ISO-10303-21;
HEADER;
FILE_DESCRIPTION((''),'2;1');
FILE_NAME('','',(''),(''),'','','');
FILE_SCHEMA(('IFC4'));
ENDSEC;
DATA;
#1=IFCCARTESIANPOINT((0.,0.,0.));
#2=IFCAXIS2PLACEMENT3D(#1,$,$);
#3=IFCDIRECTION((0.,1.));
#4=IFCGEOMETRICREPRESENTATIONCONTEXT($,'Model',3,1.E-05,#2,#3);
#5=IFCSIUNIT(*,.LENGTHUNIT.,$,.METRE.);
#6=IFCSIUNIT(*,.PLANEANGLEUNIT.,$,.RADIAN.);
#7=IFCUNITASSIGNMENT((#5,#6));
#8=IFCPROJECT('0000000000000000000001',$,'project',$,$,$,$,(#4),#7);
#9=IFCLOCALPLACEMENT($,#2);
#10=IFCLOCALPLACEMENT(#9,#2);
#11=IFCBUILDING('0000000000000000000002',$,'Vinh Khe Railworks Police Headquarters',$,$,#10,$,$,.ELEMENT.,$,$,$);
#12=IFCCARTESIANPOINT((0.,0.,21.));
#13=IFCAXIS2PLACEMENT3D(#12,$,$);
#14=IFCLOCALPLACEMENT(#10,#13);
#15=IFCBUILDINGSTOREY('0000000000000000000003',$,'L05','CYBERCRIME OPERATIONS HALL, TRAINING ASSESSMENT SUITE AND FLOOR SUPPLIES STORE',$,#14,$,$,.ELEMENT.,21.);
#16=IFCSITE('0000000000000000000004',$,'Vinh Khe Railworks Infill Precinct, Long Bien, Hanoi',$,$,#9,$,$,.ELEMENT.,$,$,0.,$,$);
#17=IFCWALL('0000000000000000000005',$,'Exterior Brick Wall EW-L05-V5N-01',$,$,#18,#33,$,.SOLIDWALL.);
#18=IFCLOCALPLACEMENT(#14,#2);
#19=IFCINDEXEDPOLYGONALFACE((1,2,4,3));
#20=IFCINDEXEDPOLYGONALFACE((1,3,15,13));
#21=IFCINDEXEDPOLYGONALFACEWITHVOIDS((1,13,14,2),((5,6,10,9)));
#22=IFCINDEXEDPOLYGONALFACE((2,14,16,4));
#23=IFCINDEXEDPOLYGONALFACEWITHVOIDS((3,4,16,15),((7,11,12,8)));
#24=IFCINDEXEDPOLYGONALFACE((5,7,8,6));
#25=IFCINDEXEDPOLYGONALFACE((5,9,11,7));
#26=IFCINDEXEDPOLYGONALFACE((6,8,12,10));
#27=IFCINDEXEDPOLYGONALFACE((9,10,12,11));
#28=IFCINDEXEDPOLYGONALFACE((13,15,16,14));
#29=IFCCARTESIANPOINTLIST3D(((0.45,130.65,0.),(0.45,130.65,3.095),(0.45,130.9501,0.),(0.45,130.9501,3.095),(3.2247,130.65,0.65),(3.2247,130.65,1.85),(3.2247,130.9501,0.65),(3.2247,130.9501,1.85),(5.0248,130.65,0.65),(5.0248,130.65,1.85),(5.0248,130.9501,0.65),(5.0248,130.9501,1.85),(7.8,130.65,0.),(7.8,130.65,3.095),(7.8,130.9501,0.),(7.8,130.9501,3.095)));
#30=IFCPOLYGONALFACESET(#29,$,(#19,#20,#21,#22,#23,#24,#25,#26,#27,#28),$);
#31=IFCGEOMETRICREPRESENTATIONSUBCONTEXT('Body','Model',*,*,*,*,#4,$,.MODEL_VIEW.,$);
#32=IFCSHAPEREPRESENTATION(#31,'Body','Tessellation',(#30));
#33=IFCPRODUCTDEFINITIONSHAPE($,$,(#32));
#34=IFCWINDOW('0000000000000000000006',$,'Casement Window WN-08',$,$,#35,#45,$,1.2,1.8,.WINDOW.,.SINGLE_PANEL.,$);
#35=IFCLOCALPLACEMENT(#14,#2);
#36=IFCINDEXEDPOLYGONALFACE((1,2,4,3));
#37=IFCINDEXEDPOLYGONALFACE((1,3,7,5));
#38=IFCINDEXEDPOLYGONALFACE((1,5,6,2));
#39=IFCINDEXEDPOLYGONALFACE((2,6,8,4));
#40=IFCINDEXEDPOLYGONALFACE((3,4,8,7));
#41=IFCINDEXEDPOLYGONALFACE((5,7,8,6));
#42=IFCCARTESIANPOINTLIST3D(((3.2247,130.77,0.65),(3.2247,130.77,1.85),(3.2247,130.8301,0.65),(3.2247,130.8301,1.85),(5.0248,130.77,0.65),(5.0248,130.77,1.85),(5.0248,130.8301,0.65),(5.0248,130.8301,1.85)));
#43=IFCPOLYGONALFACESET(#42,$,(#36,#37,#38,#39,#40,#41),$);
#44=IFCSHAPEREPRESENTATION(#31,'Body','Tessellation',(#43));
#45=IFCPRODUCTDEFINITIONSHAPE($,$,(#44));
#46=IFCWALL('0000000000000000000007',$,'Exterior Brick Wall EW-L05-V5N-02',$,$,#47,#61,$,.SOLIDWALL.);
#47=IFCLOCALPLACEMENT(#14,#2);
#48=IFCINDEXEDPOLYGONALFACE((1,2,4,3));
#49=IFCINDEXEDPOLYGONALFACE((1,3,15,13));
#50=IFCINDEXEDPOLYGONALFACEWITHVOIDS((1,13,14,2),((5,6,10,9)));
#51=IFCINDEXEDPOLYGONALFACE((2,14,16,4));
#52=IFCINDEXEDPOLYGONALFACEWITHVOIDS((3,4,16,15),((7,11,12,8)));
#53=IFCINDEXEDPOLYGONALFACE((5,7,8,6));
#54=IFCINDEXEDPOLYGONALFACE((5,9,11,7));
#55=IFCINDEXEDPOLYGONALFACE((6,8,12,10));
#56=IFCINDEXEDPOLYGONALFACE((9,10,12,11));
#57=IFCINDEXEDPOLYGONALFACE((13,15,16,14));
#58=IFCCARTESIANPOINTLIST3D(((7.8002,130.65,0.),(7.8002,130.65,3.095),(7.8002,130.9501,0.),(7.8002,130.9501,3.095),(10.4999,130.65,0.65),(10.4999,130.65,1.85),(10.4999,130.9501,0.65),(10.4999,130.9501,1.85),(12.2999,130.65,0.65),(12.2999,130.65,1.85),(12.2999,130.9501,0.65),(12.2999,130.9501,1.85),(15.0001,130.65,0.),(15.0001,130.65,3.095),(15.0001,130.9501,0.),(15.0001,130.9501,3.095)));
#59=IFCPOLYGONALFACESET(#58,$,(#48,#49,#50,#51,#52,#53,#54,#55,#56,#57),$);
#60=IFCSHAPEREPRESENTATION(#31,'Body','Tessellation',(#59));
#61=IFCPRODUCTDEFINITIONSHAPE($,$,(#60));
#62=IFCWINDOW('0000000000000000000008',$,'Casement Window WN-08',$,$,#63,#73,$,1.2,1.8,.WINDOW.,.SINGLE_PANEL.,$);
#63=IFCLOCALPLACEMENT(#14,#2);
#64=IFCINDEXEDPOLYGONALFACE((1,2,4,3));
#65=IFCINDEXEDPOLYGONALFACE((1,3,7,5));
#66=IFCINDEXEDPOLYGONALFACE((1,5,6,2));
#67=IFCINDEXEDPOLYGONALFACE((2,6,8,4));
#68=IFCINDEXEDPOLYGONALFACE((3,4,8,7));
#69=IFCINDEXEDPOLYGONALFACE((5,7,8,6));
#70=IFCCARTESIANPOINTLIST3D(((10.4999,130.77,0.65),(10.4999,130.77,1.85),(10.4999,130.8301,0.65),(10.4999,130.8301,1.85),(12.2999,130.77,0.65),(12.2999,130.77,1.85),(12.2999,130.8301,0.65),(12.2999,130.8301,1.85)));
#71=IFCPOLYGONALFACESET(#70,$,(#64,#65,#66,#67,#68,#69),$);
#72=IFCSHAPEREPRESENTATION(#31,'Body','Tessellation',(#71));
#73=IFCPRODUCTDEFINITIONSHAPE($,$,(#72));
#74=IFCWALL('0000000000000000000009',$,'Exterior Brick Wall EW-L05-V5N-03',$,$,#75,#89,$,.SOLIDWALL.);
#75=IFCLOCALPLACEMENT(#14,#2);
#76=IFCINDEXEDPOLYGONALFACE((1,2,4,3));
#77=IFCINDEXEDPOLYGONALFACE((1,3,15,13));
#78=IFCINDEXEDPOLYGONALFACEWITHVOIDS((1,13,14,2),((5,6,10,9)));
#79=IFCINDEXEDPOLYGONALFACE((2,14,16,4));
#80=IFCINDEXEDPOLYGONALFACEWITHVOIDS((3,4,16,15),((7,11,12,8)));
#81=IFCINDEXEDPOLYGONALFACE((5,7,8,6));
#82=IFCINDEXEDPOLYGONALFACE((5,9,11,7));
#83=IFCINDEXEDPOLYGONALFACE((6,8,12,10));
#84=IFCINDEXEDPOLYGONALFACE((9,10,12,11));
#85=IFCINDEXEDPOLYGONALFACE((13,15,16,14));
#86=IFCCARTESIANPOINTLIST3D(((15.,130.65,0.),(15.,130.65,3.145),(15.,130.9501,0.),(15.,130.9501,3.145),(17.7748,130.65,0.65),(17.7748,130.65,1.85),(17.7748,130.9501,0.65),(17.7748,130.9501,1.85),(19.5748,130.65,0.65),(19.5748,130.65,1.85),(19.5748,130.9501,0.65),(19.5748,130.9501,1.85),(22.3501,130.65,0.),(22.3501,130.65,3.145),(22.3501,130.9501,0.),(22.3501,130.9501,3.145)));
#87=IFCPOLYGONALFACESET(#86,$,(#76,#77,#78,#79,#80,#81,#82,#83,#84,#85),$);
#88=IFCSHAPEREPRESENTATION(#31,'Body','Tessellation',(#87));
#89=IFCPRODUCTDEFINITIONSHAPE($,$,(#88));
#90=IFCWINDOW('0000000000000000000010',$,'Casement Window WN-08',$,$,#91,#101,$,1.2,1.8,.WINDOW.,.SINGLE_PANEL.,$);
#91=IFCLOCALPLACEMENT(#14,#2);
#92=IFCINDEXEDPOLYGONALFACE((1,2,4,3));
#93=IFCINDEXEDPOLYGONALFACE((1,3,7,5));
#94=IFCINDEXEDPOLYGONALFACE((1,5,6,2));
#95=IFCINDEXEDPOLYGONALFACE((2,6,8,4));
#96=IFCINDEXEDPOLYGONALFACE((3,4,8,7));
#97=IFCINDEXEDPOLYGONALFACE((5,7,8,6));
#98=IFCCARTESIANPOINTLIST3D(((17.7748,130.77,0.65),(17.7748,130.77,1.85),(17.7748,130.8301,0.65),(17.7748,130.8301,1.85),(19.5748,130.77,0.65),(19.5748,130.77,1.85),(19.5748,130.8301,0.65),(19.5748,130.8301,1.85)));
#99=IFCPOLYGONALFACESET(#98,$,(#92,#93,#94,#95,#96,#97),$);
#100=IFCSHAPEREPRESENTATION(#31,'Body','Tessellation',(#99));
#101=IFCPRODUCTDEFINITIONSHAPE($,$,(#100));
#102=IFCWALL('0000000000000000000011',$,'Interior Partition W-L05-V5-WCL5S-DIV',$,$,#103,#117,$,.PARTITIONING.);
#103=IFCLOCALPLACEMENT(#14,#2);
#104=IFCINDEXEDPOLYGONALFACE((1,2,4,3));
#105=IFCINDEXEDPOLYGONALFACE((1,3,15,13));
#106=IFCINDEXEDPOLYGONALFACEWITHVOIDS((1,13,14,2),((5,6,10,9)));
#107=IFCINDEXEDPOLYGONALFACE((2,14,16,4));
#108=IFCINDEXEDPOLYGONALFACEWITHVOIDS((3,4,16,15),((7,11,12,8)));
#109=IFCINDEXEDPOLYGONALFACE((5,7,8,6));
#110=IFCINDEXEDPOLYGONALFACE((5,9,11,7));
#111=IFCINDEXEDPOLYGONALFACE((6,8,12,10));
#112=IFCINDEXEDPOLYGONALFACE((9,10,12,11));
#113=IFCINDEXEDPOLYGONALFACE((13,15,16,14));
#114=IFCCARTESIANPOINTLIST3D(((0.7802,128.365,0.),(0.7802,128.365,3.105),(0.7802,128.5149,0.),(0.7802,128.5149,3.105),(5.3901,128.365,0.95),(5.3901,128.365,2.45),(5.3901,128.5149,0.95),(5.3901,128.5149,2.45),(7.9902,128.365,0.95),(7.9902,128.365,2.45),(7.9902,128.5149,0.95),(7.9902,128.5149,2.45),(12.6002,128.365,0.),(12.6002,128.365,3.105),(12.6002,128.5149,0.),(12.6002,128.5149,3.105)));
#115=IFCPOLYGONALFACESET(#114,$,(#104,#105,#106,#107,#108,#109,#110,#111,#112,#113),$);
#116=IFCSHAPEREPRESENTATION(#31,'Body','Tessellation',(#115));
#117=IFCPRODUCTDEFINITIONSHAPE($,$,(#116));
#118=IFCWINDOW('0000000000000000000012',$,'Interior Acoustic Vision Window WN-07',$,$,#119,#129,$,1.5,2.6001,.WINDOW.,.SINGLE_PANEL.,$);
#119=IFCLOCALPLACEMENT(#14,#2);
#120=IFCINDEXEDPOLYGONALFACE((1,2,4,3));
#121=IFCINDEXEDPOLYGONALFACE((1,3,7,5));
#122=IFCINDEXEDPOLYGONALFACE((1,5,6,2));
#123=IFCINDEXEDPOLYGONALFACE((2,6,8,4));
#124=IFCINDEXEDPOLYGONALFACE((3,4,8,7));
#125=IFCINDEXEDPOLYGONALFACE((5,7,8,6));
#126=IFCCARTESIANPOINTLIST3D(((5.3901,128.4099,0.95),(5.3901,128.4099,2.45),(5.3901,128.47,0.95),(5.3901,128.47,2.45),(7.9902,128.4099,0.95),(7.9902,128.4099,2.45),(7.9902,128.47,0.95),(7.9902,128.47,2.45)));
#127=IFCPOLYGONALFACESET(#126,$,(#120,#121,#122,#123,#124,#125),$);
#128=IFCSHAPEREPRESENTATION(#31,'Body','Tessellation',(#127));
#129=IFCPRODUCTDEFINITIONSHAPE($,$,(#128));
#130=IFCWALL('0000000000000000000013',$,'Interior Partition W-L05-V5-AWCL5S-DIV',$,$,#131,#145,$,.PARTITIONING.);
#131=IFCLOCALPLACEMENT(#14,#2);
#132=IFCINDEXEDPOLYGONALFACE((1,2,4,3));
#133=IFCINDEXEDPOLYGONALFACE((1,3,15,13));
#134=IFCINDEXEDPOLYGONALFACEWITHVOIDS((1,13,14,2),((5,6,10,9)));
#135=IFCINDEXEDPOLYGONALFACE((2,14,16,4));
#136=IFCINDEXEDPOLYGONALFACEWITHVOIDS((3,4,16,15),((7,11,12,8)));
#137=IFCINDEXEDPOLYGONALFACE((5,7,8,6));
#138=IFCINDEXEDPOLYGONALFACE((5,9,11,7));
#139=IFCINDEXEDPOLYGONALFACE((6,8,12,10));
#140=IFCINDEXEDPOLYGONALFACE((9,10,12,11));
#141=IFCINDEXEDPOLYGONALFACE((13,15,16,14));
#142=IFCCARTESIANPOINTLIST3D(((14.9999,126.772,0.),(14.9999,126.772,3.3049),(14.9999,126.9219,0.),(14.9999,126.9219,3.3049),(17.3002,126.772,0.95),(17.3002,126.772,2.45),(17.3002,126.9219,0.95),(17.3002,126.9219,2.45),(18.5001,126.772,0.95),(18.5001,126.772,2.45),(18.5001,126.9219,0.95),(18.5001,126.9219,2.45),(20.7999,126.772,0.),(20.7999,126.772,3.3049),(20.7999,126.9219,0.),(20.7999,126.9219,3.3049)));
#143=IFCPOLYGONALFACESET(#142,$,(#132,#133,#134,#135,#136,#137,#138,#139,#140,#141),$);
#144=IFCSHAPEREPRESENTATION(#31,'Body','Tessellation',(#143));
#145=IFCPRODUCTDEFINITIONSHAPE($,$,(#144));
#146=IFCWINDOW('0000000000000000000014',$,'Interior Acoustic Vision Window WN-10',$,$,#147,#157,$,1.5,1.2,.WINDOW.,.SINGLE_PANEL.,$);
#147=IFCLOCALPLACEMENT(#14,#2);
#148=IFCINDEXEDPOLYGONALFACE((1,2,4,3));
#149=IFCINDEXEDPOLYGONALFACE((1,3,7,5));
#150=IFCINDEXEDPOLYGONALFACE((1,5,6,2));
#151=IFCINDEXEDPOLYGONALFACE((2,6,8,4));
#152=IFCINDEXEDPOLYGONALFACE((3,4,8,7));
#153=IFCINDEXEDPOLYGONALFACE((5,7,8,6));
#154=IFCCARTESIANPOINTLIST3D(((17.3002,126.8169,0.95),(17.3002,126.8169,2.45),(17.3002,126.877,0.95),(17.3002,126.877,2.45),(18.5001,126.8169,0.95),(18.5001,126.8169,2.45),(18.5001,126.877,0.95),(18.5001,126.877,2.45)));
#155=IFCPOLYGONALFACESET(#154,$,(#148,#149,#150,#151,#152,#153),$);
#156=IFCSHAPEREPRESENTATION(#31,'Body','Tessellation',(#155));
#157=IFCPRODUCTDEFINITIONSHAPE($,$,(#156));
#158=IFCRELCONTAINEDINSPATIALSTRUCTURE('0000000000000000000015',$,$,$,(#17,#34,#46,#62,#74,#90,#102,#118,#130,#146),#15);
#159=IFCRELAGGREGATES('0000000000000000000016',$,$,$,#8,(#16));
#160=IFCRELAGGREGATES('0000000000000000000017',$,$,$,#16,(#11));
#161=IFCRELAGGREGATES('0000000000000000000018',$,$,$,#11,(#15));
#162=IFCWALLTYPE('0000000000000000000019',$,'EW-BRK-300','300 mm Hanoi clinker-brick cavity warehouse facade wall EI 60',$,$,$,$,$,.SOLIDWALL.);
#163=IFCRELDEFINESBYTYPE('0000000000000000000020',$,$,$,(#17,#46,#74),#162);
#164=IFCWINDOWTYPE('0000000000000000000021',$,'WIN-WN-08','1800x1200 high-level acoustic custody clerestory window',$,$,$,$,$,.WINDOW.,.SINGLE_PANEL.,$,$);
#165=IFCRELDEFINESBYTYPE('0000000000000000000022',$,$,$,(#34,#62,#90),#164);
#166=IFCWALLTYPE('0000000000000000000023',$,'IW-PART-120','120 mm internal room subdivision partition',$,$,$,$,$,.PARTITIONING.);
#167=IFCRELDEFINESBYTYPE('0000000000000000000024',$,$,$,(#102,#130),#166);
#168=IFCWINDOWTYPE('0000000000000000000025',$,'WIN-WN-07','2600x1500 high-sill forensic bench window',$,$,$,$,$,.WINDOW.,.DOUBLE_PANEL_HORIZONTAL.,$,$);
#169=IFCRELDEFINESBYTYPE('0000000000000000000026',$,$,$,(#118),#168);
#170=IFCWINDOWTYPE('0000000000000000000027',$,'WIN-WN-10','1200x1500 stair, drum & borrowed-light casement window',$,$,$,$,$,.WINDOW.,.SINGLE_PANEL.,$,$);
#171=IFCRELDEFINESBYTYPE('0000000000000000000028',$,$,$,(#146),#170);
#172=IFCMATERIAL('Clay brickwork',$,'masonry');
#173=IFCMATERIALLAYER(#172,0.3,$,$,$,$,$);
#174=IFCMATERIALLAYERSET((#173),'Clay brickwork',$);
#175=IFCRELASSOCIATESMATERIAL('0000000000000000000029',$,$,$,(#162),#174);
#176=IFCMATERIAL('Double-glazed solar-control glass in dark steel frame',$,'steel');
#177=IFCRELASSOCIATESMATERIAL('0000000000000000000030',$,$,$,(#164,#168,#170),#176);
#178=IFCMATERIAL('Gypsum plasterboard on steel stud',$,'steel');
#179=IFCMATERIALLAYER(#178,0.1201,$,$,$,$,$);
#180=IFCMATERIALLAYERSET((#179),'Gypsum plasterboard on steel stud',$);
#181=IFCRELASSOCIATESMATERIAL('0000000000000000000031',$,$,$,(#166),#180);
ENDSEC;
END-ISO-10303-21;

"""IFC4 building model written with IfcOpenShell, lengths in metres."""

from ifc_helpers import new_model, si_unit, direction, frame, frame_2d, origin, place, context, subcontext, project, spatial, rectangle, extrude, material, layer, layer_set, type_object, element, fill, save


model = new_model("IFC4")

# Units and contexts
model_context = context("Model", 3, precision=1e-05, world=origin(), true_north=direction((0.0, 1.0)))
body_context = subcontext(model_context, "Body", "Model", "MODEL_VIEW")
ifc_project = project(units=[si_unit("LENGTHUNIT", "METRE"), si_unit("PLANEANGLEUNIT", "RADIAN")], contexts=[model_context])

# Site, building, storey
site_placement = place(None, origin())
site = spatial("IfcSite", under=ifc_project, at=site_placement, Name="Vinh Khe Railworks Infill Precinct, Long Bien, Hanoi", CompositionType="ELEMENT", RefElevation=0.0)
building_placement = place(site_placement, origin())
building = spatial("IfcBuilding", under=site, at=building_placement, Name="Vinh Khe Railworks Police Headquarters", CompositionType="ELEMENT")
storey_placement = place(building_placement, frame((0.0, 0.0, 21.0)))
storey = spatial("IfcBuildingStorey", under=building, at=storey_placement, Name="L05", Description="CYBERCRIME OPERATIONS HALL, TRAINING ASSESSMENT SUITE AND FLOOR SUPPLIES STORE", CompositionType="ELEMENT", Elevation=21.0)

# Walls, openings, windows
ifc_material_1 = material(Name="Clay brickwork", Category="masonry")
ifc_layer_1 = layer(ifc_material_1, 0.3)
ifc_layer_set_1 = layer_set([ifc_layer_1], Name="Clay brickwork")
wall_type_1 = type_object("IfcWallType", Name="EW-BRK-300", Description="300 mm Hanoi clinker-brick cavity warehouse facade wall EI 60", PredefinedType="SOLIDWALL", material=ifc_layer_set_1)
wall_1_placement = place(storey_placement, frame((0.45, 130.8, 0.0), z_axis=(0.0, 0.0, 1.0), x_axis=(1.0, 0.0, 0.0)))
wall_1 = element("IfcWall", 1, at=wall_1_placement, inside=storey, type_object=wall_type_1, Name="Exterior Brick Wall EW-L05-V5N-01", PredefinedType="SOLIDWALL", context=body_context, shape_type="SweptSolid", body=[
    extrude(rectangle(XDim=7.3501, YDim=0.3, at=frame_2d((3.675, 0.0))), origin(), (0.0, 0.0, 1.0), 3.095),
])
opening_1_placement = place(wall_1_placement, frame((2.7749, 0.0, 0.6499)))
opening_1 = element("IfcOpeningElement", 2, at=opening_1_placement, cuts=wall_1, PredefinedType="OPENING", context=body_context, shape_type="SweptSolid", body=[
    extrude(rectangle(XDim=1.8, YDim=1.2, at=frame_2d((0.8999, 0.6001))), frame((0.0, 0.165, 0.0), z_axis=(0.0, -1.0, 0.0), x_axis=(1.0, 0.0, 0.0)), (0.0, 0.0, 1.0), 0.3298),
])
ifc_material_2 = material(Name="Double-glazed solar-control glass in dark steel frame", Category="steel")
window_type_1 = type_object("IfcWindowType", Name="WIN-WN-08", Description="1800x1200 high-level acoustic custody clerestory window", PartitioningType="SINGLE_PANEL", PredefinedType="WINDOW", material=ifc_material_2)
window_1_placement = place(opening_1_placement, origin())
window_1 = element("IfcWindow", 3, at=window_1_placement, inside=storey, type_object=window_type_1, Name="Casement Window WN-08", OverallHeight=1.2, OverallWidth=1.8, PartitioningType="SINGLE_PANEL", PredefinedType="WINDOW", context=body_context, shape_type="SweptSolid", body=[
    extrude(rectangle(XDim=1.8, YDim=1.2, at=frame_2d((0.8999, 0.6001))), frame((0.0, 0.03, 0.0), z_axis=(0.0, -1.0, 0.0), x_axis=(1.0, 0.0, 0.0)), (0.0, 0.0, 1.0), 0.0601),
])
fill(opening_1, window_1)
wall_2_placement = place(storey_placement, frame((7.8, 130.8, 0.0), z_axis=(0.0, 0.0, 1.0), x_axis=(1.0, 0.0, 0.0)))
wall_2 = element("IfcWall", 4, at=wall_2_placement, inside=storey, type_object=wall_type_1, Name="Exterior Brick Wall EW-L05-V5N-02", PredefinedType="SOLIDWALL", context=body_context, shape_type="SweptSolid", body=[
    extrude(rectangle(XDim=7.2, YDim=0.3, at=frame_2d((3.6001, 0.0))), origin(), (0.0, 0.0, 1.0), 3.095),
])
opening_2_placement = place(wall_2_placement, frame((2.7, 0.0, 0.6499)))
opening_2 = element("IfcOpeningElement", 5, at=opening_2_placement, cuts=wall_2, PredefinedType="OPENING", context=body_context, shape_type="SweptSolid", body=[
    extrude(rectangle(XDim=1.8, YDim=1.2, at=frame_2d((0.8999, 0.6001))), frame((0.0, 0.165, 0.0), z_axis=(0.0, -1.0, 0.0), x_axis=(1.0, 0.0, 0.0)), (0.0, 0.0, 1.0), 0.3298),
])
window_2_placement = place(opening_2_placement, origin())
window_2 = element("IfcWindow", 6, at=window_2_placement, inside=storey, type_object=window_type_1, Name="Casement Window WN-08", OverallHeight=1.2, OverallWidth=1.8, PartitioningType="SINGLE_PANEL", PredefinedType="WINDOW", context=body_context, shape_type="SweptSolid", body=[
    extrude(rectangle(XDim=1.8, YDim=1.2, at=frame_2d((0.8999, 0.6001))), frame((0.0, 0.03, 0.0), z_axis=(0.0, -1.0, 0.0), x_axis=(1.0, 0.0, 0.0)), (0.0, 0.0, 1.0), 0.0601),
])
fill(opening_2, window_2)
wall_3_placement = place(storey_placement, frame((15.0, 130.8, 0.0), z_axis=(0.0, 0.0, 1.0), x_axis=(1.0, 0.0, 0.0)))
wall_3 = element("IfcWall", 7, at=wall_3_placement, inside=storey, type_object=wall_type_1, Name="Exterior Brick Wall EW-L05-V5N-03", PredefinedType="SOLIDWALL", context=body_context, shape_type="SweptSolid", body=[
    extrude(rectangle(XDim=7.3501, YDim=0.3, at=frame_2d((3.675, 0.0))), origin(), (0.0, 0.0, 1.0), 3.145),
])
opening_3_placement = place(wall_3_placement, frame((2.7749, 0.0, 0.6499)))
opening_3 = element("IfcOpeningElement", 8, at=opening_3_placement, cuts=wall_3, PredefinedType="OPENING", context=body_context, shape_type="SweptSolid", body=[
    extrude(rectangle(XDim=1.8, YDim=1.2, at=frame_2d((0.8999, 0.6001))), frame((0.0, 0.165, 0.0), z_axis=(0.0, -1.0, 0.0), x_axis=(1.0, 0.0, 0.0)), (0.0, 0.0, 1.0), 0.3298),
])
window_3_placement = place(opening_3_placement, origin())
window_3 = element("IfcWindow", 9, at=window_3_placement, inside=storey, type_object=window_type_1, Name="Casement Window WN-08", OverallHeight=1.2, OverallWidth=1.8, PartitioningType="SINGLE_PANEL", PredefinedType="WINDOW", context=body_context, shape_type="SweptSolid", body=[
    extrude(rectangle(XDim=1.8, YDim=1.2, at=frame_2d((0.8999, 0.6001))), frame((0.0, 0.03, 0.0), z_axis=(0.0, -1.0, 0.0), x_axis=(1.0, 0.0, 0.0)), (0.0, 0.0, 1.0), 0.0601),
])
fill(opening_3, window_3)
ifc_material_3 = material(Name="Gypsum plasterboard on steel stud", Category="steel")
ifc_layer_2 = layer(ifc_material_3, 0.1201)
ifc_layer_set_2 = layer_set([ifc_layer_2], Name="Gypsum plasterboard on steel stud")
wall_type_2 = type_object("IfcWallType", Name="IW-PART-120", Description="120 mm internal room subdivision partition", PredefinedType="PARTITIONING", material=ifc_layer_set_2)
wall_4_placement = place(storey_placement, frame((0.78, 128.4399, 0.0), z_axis=(0.0, 0.0, 1.0), x_axis=(1.0, 0.0, 0.0)))
wall_4 = element("IfcWall", 10, at=wall_4_placement, inside=storey, type_object=wall_type_2, Name="Interior Partition W-L05-V5-WCL5S-DIV", PredefinedType="PARTITIONING", context=body_context, shape_type="SweptSolid", body=[
    extrude(rectangle(XDim=11.8201, YDim=0.1499, at=frame_2d((5.9102, 0.0))), origin(), (0.0, 0.0, 1.0), 3.105),
])
opening_4_placement = place(wall_4_placement, frame((4.6101, 0.0, 0.95)))
opening_4 = element("IfcOpeningElement", 11, at=opening_4_placement, cuts=wall_4, PredefinedType="OPENING", context=body_context, shape_type="SweptSolid", body=[
    extrude(rectangle(XDim=2.6001, YDim=1.5, at=frame_2d((1.3, 0.75))), frame((0.0, 0.0898, 0.0), z_axis=(0.0, -1.0, 0.0), x_axis=(1.0, 0.0, 0.0)), (0.0, 0.0, 1.0), 0.1797),
])
window_type_2 = type_object("IfcWindowType", Name="WIN-WN-07", Description="2600x1500 high-sill forensic bench window", PartitioningType="DOUBLE_PANEL_HORIZONTAL", PredefinedType="WINDOW", material=ifc_material_2)
window_4_placement = place(opening_4_placement, origin())
window_4 = element("IfcWindow", 12, at=window_4_placement, inside=storey, type_object=window_type_2, Name="Interior Acoustic Vision Window WN-07", OverallHeight=1.5, OverallWidth=2.6001, PartitioningType="SINGLE_PANEL", PredefinedType="WINDOW", context=body_context, shape_type="SweptSolid", body=[
    extrude(rectangle(XDim=2.6001, YDim=1.5, at=frame_2d((1.3, 0.75))), frame((0.0, 0.03, 0.0), z_axis=(0.0, -1.0, 0.0), x_axis=(1.0, 0.0, 0.0)), (0.0, 0.0, 1.0), 0.0601),
])
fill(opening_4, window_4)
wall_5_placement = place(storey_placement, frame((15.0, 126.8469, 0.0), z_axis=(0.0, 0.0, 1.0), x_axis=(1.0, 0.0, 0.0)))
wall_5 = element("IfcWall", 13, at=wall_5_placement, inside=storey, type_object=wall_type_2, Name="Interior Partition W-L05-V5-AWCL5S-DIV", PredefinedType="PARTITIONING", context=body_context, shape_type="SweptSolid", body=[
    extrude(rectangle(XDim=5.8, YDim=0.1499, at=frame_2d((2.8999, 0.0))), origin(), (0.0, 0.0, 1.0), 3.3049),
])
opening_5_placement = place(wall_5_placement, frame((2.3, 0.0, 0.95)))
opening_5 = element("IfcOpeningElement", 14, at=opening_5_placement, cuts=wall_5, PredefinedType="OPENING", context=body_context, shape_type="SweptSolid", body=[
    extrude(rectangle(XDim=1.2, YDim=1.5, at=frame_2d((0.6001, 0.75))), frame((0.0, 0.0898, 0.0), z_axis=(0.0, -1.0, 0.0), x_axis=(1.0, 0.0, 0.0)), (0.0, 0.0, 1.0), 0.1797),
])
window_type_3 = type_object("IfcWindowType", Name="WIN-WN-10", Description="1200x1500 stair, drum & borrowed-light casement window", PartitioningType="SINGLE_PANEL", PredefinedType="WINDOW", material=ifc_material_2)
window_5_placement = place(opening_5_placement, origin())
window_5 = element("IfcWindow", 15, at=window_5_placement, inside=storey, type_object=window_type_3, Name="Interior Acoustic Vision Window WN-10", OverallHeight=1.5, OverallWidth=1.2, PartitioningType="SINGLE_PANEL", PredefinedType="WINDOW", context=body_context, shape_type="SweptSolid", body=[
    extrude(rectangle(XDim=1.2, YDim=1.5, at=frame_2d((0.6001, 0.75))), frame((0.0, 0.03, 0.0), z_axis=(0.0, -1.0, 0.0), x_axis=(1.0, 0.0, 0.0)), (0.0, 0.0, 1.0), 0.0601),
])
fill(opening_5, window_5)

save(model, "model.ifc")
